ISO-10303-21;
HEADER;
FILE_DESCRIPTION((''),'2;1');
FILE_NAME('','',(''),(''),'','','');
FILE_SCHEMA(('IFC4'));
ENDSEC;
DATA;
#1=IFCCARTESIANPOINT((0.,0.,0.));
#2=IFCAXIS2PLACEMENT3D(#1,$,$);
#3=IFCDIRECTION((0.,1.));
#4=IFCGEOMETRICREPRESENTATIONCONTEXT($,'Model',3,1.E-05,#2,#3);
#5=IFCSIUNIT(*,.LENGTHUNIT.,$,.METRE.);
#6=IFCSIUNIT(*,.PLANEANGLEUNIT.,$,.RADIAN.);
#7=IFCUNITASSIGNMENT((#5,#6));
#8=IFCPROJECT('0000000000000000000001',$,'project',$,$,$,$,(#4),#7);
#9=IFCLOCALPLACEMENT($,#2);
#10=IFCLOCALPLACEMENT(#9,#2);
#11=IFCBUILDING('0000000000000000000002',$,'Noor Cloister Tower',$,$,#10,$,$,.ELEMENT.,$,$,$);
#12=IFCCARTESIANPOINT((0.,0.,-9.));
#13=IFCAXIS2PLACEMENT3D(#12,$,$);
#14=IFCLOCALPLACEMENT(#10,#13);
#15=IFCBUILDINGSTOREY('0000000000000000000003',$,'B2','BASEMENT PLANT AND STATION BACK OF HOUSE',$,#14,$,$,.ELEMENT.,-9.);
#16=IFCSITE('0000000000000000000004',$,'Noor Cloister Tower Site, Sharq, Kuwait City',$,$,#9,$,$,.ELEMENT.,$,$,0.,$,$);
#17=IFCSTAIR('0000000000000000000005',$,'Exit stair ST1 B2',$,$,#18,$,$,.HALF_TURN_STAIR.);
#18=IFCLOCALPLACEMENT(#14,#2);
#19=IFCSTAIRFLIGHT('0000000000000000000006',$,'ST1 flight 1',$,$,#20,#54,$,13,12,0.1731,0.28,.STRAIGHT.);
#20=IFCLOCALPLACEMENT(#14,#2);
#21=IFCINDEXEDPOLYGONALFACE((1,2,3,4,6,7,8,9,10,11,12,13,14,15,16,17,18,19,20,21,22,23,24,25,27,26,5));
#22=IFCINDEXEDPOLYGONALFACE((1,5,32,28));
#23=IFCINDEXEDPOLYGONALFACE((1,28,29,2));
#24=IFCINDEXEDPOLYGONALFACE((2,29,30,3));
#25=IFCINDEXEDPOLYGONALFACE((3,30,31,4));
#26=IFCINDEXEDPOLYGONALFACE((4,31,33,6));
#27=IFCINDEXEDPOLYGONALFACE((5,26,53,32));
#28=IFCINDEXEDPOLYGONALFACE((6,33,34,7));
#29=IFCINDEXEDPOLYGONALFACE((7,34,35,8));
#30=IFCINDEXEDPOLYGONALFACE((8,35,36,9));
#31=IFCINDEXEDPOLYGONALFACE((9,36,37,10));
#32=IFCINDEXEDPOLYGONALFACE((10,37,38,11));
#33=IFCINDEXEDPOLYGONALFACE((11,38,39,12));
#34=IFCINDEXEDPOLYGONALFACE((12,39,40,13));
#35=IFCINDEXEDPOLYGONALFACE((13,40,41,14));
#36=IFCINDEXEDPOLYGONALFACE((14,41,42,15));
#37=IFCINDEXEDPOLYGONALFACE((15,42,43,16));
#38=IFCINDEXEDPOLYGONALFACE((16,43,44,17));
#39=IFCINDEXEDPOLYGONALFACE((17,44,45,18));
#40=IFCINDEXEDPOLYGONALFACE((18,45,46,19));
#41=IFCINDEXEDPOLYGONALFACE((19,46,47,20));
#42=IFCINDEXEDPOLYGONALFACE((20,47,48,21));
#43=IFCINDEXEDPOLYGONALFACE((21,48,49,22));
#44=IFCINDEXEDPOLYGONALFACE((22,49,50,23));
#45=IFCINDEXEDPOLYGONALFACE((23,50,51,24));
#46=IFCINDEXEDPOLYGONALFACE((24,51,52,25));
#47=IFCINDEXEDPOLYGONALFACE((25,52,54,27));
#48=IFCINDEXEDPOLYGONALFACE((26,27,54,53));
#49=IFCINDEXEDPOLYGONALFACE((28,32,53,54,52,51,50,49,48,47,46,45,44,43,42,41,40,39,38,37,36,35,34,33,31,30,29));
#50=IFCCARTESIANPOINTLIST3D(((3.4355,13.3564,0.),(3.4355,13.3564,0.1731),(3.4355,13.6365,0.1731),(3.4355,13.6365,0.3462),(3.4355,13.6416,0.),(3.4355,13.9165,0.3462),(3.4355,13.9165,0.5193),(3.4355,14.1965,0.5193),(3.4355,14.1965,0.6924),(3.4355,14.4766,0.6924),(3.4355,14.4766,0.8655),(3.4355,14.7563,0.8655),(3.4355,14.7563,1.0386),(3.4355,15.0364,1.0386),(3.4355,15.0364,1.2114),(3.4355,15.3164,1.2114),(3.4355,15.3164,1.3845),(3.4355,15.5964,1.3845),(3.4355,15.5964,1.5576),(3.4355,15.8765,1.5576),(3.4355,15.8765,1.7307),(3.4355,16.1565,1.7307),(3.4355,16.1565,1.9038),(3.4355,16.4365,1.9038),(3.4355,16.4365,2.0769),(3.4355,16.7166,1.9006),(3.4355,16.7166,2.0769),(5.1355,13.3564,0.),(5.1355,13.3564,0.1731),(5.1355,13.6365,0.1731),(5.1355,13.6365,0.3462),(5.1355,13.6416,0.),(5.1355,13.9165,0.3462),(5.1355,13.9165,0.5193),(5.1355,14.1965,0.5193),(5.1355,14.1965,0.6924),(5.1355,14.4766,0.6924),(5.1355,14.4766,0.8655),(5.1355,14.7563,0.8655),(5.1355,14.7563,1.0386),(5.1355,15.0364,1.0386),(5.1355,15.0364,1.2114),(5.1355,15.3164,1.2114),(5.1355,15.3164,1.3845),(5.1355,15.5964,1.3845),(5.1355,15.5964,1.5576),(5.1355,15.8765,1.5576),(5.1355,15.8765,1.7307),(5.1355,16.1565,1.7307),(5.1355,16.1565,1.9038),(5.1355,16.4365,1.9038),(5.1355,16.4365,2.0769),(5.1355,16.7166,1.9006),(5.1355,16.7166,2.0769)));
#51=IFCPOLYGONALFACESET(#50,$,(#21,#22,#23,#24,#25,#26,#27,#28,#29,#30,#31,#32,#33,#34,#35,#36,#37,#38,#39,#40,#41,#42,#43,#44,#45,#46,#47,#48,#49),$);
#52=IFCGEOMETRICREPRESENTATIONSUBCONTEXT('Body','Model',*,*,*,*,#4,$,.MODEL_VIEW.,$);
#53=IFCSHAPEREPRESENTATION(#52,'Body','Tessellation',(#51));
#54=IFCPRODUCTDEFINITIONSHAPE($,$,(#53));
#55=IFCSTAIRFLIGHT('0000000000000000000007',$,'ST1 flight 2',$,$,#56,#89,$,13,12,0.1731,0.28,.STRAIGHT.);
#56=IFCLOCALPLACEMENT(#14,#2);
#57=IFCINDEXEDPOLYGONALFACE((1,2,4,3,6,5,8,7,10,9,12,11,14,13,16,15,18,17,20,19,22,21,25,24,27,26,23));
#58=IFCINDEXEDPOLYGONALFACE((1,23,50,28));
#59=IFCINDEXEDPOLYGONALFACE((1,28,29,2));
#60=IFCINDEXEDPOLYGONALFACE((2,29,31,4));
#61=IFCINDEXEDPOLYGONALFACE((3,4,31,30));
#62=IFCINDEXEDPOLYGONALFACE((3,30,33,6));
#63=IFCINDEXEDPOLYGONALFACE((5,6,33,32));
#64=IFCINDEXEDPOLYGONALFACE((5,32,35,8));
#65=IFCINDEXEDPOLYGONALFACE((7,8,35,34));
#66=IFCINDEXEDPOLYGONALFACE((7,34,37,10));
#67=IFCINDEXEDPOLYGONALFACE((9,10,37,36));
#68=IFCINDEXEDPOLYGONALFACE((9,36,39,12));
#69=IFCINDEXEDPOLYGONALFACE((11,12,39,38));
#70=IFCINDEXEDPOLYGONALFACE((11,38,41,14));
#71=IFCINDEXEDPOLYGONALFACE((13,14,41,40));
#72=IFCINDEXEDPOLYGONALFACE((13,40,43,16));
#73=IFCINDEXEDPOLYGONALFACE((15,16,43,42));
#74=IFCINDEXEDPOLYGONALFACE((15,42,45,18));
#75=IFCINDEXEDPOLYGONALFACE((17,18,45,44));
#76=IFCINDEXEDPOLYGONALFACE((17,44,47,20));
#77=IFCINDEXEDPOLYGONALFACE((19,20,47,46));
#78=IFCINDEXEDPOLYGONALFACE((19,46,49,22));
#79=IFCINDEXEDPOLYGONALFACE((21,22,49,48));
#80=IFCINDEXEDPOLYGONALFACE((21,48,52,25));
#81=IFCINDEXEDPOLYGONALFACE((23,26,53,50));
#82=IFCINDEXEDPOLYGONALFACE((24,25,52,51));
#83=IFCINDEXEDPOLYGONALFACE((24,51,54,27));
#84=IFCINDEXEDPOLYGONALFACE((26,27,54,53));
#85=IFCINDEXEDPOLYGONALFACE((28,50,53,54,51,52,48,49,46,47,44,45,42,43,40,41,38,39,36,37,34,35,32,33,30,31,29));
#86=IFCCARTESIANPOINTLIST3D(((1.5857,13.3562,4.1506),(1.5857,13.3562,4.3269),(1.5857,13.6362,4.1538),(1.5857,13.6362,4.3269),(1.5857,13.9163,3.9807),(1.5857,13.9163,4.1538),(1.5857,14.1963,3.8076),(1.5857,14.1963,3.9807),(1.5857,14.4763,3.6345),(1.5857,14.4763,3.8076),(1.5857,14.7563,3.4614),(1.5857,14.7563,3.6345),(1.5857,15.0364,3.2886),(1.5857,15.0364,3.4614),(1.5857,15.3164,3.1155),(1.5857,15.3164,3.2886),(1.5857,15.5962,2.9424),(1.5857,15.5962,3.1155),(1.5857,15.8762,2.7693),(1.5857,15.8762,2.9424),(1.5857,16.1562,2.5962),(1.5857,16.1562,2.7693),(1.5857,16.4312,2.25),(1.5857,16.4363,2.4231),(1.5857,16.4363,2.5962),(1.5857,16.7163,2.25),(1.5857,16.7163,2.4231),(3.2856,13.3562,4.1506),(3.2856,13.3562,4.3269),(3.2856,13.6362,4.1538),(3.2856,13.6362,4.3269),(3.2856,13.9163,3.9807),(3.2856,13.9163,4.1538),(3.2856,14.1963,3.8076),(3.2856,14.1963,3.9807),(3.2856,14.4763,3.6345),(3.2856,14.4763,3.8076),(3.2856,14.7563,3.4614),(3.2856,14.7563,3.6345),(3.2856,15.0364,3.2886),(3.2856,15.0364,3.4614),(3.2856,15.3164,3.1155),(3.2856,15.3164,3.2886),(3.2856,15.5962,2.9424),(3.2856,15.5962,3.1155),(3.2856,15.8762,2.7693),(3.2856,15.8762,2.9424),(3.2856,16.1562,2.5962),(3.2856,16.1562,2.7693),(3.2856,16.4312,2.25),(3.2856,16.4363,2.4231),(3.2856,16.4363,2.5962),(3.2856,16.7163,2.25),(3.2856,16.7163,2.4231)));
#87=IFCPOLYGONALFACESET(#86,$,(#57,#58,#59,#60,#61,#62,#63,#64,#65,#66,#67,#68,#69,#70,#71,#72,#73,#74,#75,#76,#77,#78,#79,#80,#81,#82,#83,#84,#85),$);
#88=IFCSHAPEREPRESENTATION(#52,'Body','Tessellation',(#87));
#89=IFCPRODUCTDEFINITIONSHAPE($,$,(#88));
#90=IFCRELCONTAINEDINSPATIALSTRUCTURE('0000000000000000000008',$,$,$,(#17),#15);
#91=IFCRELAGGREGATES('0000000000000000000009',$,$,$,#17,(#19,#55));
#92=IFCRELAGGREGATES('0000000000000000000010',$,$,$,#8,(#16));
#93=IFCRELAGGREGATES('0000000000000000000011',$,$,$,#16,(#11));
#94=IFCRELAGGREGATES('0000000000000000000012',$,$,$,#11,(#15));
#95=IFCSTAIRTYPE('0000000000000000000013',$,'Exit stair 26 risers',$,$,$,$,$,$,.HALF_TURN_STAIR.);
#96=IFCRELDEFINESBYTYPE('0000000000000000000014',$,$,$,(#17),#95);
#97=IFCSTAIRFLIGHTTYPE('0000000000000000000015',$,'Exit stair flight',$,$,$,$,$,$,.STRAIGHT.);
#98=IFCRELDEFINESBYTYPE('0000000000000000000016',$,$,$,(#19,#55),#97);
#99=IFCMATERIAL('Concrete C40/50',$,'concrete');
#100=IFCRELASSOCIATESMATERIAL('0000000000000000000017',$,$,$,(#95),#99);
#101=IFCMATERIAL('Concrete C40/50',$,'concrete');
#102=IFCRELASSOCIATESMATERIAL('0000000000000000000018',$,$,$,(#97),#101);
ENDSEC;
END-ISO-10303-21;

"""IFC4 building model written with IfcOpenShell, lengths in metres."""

from ifc_helpers import new_model, si_unit, direction, frame, origin, place, context, subcontext, project, spatial, polyline, outline, extrude, material, type_object, element, aggregate, save


model = new_model("IFC4")

# Units and contexts
model_context = context("Model", 3, precision=1e-05, world=origin(), true_north=direction((0.0, 1.0)))
body_context = subcontext(model_context, "Body", "Model", "MODEL_VIEW")
ifc_project = project(units=[si_unit("LENGTHUNIT", "METRE"), si_unit("PLANEANGLEUNIT", "RADIAN")], contexts=[model_context])

# Site, building, storey
site_placement = place(None, origin())
site = spatial("IfcSite", under=ifc_project, at=site_placement, Name="Noor Cloister Tower Site, Sharq, Kuwait City", CompositionType="ELEMENT", RefElevation=0.0)
building_placement = place(site_placement, origin())
building = spatial("IfcBuilding", under=site, at=building_placement, Name="Noor Cloister Tower", CompositionType="ELEMENT")
storey_placement = place(building_placement, frame((0.0, 0.0, -9.0)))
storey = spatial("IfcBuildingStorey", under=building, at=storey_placement, Name="B2", Description="BASEMENT PLANT AND STATION BACK OF HOUSE", CompositionType="ELEMENT", Elevation=-9.0)

# Stair, stair flights
ifc_material_1 = material(Name="Concrete C40/50", Category="concrete")
stair_type = type_object("IfcStairType", Name="Exit stair 26 risers", PredefinedType="HALF_TURN_STAIR", material=ifc_material_1)
stair_placement = place(storey_placement, origin())
stair = element("IfcStair", 1, at=stair_placement, inside=storey, type_object=stair_type, Name="Exit stair ST1 B2", PredefinedType="HALF_TURN_STAIR")
ifc_material_2 = material(Name="Concrete C40/50", Category="concrete")
stair_flight_type = type_object("IfcStairFlightType", Name="Exit stair flight", PredefinedType="STRAIGHT", material=ifc_material_2)
stair_flight_1_placement = place(storey_placement, frame((4.2856, 13.3564, 0.0), z_axis=(0.0, 0.0, 1.0), x_axis=(0.0, 1.0, 0.0)))
stair_flight_1 = element("IfcStairFlight", 2, at=stair_flight_1_placement, type_object=stair_flight_type, Name="ST1 flight 1", NumberOfRisers=13, NumberOfTreads=12, PredefinedType="STRAIGHT", RiserHeight=0.1731, TreadLength=0.28, context=body_context, shape_type="SweptSolid", body=[
    extrude(outline(polyline([(0.0, 0.0), (0.0, 0.1731), (0.28, 0.1731), (0.28, 0.3462), (0.5601, 0.3462), (0.5601, 0.5193), (0.8401, 0.5193), (0.8401, 0.6924), (1.1201, 0.6924), (1.1201, 0.8655), (1.3999, 0.8655), (1.3999, 1.0386), (1.6799, 1.0386), (1.6799, 1.2114), (1.96, 1.2114), (1.96, 1.3845), (2.24, 1.3845), (2.24, 1.5576), (2.52, 1.5576), (2.52, 1.7307), (2.8, 1.7307), (2.8, 1.9038), (3.0801, 1.9038), (3.0801, 2.0769), (3.3601, 2.0769), (3.3601, 2.25), (3.3601, 1.9006), (0.2852, 0.0), (0.0, 0.0)])), frame((0.0, 0.8501, 0.0), z_axis=(0.0, -1.0, 0.0), x_axis=(1.0, 0.0, 0.0)), (0.0, 0.0, 1.0), 1.7),
])
stair_flight_2_placement = place(storey_placement, frame((2.4355, 16.7163, 2.25), z_axis=(0.0, 0.0, 1.0), x_axis=(0.0, -1.0, 0.0)))
stair_flight_2 = element("IfcStairFlight", 3, at=stair_flight_2_placement, type_object=stair_flight_type, Name="ST1 flight 2", NumberOfRisers=13, NumberOfTreads=12, PredefinedType="STRAIGHT", RiserHeight=0.1731, TreadLength=0.28, context=body_context, shape_type="SweptSolid", body=[
    extrude(outline(polyline([(0.0, 0.0), (0.0, 0.1731), (0.28, 0.1731), (0.28, 0.3462), (0.5601, 0.3462), (0.5601, 0.5193), (0.8401, 0.5193), (0.8401, 0.6924), (1.1201, 0.6924), (1.1201, 0.8655), (1.3999, 0.8655), (1.3999, 1.0386), (1.6799, 1.0386), (1.6799, 1.2114), (1.96, 1.2114), (1.96, 1.3845), (2.24, 1.3845), (2.24, 1.5576), (2.52, 1.5576), (2.52, 1.7307), (2.8, 1.7307), (2.8, 1.9038), (3.0801, 1.9038), (3.0801, 2.0769), (3.3601, 2.0769), (3.3601, 2.25), (3.3601, 1.9006), (0.2852, 0.0), (0.0, 0.0)])), frame((0.0, 0.8501, 0.0), z_axis=(0.0, -1.0, 0.0), x_axis=(1.0, 0.0, 0.0)), (0.0, 0.0, 1.0), 1.7),
])
aggregate(stair, [stair_flight_1, stair_flight_2])

save(model, "model.ifc")
